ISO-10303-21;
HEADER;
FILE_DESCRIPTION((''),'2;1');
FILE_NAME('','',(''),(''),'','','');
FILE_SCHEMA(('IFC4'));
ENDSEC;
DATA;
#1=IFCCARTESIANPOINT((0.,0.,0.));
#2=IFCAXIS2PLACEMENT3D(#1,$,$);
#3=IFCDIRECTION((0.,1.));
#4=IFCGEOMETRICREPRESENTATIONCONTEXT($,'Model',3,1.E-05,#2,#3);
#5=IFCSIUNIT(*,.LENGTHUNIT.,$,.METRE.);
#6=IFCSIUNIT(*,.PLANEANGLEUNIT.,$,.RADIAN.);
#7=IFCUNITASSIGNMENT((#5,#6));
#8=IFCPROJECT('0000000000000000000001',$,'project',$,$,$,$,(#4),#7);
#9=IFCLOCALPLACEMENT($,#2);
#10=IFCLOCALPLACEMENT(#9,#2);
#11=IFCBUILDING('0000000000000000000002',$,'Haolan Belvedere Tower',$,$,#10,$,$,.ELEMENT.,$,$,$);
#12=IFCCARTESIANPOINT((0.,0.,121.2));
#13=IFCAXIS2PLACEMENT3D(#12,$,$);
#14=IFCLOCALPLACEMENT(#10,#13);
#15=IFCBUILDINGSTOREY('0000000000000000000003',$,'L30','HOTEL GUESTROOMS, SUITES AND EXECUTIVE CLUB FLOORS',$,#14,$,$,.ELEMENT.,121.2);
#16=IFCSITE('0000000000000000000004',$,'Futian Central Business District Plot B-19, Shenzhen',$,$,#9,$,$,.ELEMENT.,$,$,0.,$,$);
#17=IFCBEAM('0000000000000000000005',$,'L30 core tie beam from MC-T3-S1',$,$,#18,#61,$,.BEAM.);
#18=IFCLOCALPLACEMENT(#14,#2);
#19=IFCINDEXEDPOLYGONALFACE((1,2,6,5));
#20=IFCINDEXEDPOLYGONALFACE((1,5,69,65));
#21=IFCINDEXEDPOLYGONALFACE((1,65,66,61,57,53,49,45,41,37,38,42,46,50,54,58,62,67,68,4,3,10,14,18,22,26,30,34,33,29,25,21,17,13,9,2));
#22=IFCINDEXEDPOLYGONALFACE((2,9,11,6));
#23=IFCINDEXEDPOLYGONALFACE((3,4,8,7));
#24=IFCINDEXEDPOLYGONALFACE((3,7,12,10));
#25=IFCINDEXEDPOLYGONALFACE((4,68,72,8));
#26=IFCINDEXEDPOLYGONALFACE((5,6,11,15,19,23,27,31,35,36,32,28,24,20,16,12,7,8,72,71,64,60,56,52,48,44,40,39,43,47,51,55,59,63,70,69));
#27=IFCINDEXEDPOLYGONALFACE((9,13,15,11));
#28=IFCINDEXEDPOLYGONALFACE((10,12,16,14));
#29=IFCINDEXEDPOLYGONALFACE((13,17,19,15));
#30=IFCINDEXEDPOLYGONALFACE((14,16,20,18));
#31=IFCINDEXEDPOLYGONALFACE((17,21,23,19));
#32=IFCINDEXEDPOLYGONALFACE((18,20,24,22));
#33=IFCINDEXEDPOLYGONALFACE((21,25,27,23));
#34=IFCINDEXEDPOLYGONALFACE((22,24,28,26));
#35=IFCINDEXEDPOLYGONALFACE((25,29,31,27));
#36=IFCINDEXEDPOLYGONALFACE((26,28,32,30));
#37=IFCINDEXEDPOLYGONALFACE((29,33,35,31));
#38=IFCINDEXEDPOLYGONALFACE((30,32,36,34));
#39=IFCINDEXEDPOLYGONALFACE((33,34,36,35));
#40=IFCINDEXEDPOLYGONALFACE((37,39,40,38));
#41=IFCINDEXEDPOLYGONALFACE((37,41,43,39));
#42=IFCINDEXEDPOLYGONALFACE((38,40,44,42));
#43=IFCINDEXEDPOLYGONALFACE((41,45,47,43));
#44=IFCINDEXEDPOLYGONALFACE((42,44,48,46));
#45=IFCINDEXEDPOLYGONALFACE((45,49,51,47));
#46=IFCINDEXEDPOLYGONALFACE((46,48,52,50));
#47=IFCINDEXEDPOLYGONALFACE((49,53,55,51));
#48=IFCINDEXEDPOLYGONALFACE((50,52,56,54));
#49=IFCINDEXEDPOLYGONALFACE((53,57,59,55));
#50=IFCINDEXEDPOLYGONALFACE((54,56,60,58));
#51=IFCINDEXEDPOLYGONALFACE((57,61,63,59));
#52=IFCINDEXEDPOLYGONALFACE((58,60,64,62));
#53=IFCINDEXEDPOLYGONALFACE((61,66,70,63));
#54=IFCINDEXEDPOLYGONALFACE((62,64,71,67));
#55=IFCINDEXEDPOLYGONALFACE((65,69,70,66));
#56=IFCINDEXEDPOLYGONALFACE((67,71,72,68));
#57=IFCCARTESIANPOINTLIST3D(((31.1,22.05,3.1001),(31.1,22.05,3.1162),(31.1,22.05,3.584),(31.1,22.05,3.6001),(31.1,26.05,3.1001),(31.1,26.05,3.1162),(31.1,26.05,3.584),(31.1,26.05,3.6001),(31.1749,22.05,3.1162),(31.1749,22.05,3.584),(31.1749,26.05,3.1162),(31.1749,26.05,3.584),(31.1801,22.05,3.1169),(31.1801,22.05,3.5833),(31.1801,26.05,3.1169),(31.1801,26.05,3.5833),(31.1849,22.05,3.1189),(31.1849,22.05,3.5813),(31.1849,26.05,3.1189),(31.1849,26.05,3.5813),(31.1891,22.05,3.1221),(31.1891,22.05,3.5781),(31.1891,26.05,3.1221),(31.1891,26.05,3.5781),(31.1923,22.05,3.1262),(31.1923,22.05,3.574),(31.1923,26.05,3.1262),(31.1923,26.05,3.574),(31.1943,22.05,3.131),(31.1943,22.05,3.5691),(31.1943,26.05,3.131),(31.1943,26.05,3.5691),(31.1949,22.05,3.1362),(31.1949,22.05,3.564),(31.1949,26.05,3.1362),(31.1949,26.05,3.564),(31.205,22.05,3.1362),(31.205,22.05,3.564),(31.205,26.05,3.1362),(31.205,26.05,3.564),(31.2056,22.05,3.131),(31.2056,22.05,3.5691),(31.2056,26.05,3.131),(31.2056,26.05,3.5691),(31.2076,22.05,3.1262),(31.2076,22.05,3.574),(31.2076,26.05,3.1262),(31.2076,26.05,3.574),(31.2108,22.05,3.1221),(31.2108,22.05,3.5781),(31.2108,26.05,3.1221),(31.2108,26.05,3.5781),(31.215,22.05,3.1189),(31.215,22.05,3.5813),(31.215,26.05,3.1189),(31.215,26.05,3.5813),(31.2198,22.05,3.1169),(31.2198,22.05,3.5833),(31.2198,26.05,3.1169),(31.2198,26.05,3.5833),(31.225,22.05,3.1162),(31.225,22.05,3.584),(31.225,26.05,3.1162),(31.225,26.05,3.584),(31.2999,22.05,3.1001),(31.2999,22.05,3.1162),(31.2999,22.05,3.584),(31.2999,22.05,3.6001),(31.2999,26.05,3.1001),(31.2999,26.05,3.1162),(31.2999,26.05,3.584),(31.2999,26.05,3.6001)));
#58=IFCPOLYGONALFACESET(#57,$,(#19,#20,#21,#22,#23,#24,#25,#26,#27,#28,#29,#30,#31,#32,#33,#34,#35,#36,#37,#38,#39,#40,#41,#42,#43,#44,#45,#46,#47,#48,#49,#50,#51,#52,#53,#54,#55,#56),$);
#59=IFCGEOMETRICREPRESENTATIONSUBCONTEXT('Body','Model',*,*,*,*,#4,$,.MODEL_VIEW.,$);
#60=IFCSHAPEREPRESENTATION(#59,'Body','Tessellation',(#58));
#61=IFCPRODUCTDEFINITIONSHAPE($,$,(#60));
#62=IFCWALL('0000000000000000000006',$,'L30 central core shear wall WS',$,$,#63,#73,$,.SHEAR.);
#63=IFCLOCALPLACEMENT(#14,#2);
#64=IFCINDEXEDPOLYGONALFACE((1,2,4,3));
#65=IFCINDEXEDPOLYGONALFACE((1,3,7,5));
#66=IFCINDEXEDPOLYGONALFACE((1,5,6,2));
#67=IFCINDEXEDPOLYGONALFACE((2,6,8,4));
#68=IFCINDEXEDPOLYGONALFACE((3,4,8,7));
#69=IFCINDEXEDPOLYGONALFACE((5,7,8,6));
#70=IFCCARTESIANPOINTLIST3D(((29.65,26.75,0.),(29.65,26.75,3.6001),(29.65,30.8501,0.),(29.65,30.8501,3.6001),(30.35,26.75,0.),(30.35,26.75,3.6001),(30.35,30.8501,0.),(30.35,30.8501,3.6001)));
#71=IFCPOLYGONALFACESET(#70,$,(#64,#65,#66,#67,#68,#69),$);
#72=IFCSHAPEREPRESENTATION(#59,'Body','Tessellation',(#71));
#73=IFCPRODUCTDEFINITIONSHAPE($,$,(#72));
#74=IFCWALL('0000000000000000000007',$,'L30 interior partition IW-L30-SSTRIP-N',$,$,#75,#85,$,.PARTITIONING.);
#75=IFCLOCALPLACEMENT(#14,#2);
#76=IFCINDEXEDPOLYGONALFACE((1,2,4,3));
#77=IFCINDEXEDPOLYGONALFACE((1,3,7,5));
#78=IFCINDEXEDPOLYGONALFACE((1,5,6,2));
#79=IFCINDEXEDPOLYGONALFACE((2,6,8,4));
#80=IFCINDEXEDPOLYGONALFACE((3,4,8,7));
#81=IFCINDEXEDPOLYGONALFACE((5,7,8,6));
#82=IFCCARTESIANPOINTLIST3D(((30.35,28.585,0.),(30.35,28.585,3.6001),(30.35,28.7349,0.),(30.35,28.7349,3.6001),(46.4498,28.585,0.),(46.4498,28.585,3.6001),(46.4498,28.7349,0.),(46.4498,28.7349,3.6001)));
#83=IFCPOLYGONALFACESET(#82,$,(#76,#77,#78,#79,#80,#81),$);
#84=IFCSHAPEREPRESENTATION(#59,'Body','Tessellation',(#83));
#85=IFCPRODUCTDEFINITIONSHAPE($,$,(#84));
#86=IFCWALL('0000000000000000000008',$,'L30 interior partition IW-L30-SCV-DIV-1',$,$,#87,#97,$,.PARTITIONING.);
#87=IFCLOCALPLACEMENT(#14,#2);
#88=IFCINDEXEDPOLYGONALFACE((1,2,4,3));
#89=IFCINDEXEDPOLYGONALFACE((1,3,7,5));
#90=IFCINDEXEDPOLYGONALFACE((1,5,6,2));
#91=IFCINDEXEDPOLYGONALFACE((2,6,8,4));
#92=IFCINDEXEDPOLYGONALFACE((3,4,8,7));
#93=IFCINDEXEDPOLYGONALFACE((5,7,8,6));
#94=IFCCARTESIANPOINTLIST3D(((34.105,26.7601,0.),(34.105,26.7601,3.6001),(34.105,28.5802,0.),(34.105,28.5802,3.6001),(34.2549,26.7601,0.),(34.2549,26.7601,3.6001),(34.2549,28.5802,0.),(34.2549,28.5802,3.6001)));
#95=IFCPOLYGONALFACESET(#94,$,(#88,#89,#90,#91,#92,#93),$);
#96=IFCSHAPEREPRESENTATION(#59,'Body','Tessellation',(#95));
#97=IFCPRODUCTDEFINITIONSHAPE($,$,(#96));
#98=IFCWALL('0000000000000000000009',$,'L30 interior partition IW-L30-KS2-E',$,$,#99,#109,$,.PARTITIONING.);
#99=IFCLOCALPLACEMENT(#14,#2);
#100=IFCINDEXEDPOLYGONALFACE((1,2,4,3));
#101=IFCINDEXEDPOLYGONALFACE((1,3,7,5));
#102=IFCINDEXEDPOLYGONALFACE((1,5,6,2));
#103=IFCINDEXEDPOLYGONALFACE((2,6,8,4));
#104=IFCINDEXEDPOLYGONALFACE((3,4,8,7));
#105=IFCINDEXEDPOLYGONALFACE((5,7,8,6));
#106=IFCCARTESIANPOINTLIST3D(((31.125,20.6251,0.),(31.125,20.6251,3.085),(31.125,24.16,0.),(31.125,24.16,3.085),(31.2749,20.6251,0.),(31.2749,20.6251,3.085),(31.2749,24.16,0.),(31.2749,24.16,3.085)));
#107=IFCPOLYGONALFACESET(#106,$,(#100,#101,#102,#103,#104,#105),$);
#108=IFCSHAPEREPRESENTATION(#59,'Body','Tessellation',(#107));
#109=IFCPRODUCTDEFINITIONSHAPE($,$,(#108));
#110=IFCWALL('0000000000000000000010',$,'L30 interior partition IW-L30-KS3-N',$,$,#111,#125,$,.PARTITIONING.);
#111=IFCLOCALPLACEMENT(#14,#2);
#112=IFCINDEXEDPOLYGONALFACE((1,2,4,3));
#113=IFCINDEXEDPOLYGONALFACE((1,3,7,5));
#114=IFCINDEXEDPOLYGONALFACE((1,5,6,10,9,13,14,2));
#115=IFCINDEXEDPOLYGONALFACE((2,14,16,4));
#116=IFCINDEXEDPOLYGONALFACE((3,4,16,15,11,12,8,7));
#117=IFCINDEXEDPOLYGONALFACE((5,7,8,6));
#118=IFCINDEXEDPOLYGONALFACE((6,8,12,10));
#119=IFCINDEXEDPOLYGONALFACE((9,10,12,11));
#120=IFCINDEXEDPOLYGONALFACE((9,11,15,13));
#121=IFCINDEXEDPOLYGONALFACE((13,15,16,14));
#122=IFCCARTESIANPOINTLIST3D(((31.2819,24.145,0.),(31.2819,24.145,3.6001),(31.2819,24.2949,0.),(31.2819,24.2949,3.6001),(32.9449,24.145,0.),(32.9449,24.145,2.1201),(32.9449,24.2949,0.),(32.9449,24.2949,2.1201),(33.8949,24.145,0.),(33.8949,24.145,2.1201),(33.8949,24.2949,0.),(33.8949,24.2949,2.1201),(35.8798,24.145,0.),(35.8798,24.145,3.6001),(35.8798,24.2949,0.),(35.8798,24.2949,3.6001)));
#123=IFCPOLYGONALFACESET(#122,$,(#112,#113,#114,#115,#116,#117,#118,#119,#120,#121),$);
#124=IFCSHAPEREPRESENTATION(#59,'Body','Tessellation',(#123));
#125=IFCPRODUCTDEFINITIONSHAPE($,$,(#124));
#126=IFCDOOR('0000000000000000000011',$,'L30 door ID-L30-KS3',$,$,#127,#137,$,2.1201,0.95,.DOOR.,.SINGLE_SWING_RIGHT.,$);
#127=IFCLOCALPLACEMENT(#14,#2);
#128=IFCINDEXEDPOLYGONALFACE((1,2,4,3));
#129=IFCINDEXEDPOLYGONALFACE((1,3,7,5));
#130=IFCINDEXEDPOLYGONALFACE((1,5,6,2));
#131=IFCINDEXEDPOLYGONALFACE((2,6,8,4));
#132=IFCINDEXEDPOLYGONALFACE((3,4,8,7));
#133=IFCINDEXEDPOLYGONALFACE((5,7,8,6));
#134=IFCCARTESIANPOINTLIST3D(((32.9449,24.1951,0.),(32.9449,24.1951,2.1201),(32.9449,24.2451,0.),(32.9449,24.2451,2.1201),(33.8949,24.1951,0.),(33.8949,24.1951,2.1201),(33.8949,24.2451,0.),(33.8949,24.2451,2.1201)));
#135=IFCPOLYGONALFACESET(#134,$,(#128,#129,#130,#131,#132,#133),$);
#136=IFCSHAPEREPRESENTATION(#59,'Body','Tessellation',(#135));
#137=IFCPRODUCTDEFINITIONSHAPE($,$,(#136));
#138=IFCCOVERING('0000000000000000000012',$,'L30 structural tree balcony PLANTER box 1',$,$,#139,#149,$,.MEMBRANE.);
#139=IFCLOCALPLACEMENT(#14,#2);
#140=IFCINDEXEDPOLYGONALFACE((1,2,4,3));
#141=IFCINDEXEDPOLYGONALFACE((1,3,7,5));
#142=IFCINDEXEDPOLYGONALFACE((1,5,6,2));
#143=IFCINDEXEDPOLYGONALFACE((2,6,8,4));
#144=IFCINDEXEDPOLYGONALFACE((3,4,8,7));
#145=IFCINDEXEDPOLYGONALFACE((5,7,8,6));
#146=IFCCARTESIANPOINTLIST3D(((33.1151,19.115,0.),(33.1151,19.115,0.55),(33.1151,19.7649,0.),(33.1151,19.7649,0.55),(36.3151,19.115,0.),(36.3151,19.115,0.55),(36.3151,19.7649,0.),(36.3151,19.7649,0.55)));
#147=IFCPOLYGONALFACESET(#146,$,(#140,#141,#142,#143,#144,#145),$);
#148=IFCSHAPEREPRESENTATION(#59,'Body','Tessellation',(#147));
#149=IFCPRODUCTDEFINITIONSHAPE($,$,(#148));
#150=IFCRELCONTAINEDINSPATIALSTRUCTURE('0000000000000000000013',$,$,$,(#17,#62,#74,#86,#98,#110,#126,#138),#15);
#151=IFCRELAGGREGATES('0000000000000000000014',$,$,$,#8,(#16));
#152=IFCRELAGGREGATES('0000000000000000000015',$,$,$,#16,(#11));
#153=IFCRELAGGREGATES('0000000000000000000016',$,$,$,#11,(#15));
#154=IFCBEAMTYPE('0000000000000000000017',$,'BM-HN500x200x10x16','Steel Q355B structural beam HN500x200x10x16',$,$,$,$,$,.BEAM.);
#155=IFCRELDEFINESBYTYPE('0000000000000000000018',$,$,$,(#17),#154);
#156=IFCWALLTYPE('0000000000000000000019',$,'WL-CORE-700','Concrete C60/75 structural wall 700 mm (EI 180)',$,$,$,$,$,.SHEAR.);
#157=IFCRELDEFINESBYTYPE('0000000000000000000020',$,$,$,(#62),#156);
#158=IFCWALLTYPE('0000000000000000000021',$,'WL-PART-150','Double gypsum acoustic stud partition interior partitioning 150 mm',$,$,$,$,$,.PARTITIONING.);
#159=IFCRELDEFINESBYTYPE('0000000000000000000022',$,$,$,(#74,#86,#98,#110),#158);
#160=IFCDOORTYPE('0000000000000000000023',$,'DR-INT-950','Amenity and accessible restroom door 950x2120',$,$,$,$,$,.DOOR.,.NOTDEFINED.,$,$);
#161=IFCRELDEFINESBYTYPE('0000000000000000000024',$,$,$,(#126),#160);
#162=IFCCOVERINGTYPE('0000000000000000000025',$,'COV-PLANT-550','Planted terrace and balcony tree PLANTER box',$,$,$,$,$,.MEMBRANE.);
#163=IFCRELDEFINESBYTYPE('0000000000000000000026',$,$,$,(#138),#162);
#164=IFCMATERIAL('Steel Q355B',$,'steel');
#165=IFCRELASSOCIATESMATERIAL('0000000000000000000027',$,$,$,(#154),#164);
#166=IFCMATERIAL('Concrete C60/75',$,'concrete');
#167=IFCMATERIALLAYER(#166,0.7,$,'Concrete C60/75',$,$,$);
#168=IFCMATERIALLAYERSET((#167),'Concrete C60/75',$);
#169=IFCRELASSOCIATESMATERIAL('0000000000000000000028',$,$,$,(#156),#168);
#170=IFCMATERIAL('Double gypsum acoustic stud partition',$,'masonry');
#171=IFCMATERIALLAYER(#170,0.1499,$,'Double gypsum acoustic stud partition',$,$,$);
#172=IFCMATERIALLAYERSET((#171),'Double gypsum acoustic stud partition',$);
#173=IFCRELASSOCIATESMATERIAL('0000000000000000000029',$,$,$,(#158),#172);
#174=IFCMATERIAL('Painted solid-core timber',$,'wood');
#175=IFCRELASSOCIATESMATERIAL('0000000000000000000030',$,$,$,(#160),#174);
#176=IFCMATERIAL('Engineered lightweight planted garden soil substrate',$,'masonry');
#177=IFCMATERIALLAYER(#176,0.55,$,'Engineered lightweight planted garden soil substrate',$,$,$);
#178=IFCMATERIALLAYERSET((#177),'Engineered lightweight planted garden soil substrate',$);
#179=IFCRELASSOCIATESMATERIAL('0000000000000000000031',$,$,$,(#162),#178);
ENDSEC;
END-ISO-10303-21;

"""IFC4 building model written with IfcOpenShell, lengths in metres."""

from ifc_helpers import new_model, si_unit, direction, frame, frame_2d, origin, origin_2d, place, context, subcontext, project, spatial, rectangle, i_section, extrude, material, layer, layer_set, material_profile, profile_set, type_object, element, fill, save


model = new_model("IFC4")

# Units and contexts
model_context = context("Model", 3, precision=1e-05, world=origin(), true_north=direction((0.0, 1.0)))
body_context = subcontext(model_context, "Body", "Model", "MODEL_VIEW")
ifc_project = project(units=[si_unit("LENGTHUNIT", "METRE"), si_unit("PLANEANGLEUNIT", "RADIAN")], contexts=[model_context])

# Site, building, storey
site_placement = place(None, origin())
site = spatial("IfcSite", under=ifc_project, at=site_placement, Name="Futian Central Business District Plot B-19, Shenzhen", CompositionType="ELEMENT", RefElevation=0.0)
building_placement = place(site_placement, origin())
building = spatial("IfcBuilding", under=site, at=building_placement, Name="Haolan Belvedere Tower", CompositionType="ELEMENT")
storey_placement = place(building_placement, frame((0.0, 0.0, 121.2)))
storey = spatial("IfcBuildingStorey", under=building, at=storey_placement, Name="L30", Description="HOTEL GUESTROOMS, SUITES AND EXECUTIVE CLUB FLOORS", CompositionType="ELEMENT", Elevation=121.2)

# Beam
ifc_material_1 = material(Name="Steel Q355B", Category="steel")
ifc_material_profile_1 = material_profile(ifc_material_1, i_section(OverallWidth=0.2, OverallDepth=0.5, WebThickness=0.01, FlangeThickness=0.0161, FilletRadius=0.02, at=origin_2d()), Name="Steel Q355B")
ifc_profile_set_1 = profile_set([ifc_material_profile_1], Name="Steel Q355B")
beam_type_1 = type_object("IfcBeamType", Name="BM-HN500x200x10x16", Description="Steel Q355B structural beam HN500x200x10x16", PredefinedType="BEAM", material=ifc_profile_set_1)
beam_1_placement = place(storey_placement, frame((31.2, 22.05, 3.3501), z_axis=(0.0, 1.0, 0.0), x_axis=(-1.0, 0.0, 0.0)))
element("IfcBeam", 1, at=beam_1_placement, inside=storey, type_object=beam_type_1, Name="L30 core tie beam from MC-T3-S1", PredefinedType="BEAM", context=body_context, shape_type="SweptSolid", body=[
    extrude(i_section(OverallWidth=0.2, OverallDepth=0.5, WebThickness=0.01, FlangeThickness=0.0161, FilletRadius=0.02, at=origin_2d()), origin(), (0.0, 0.0, 1.0), 4.0),
])

# Walls
ifc_material_2 = material(Name="Concrete C60/75", Category="concrete")
ifc_layer_1 = layer(ifc_material_2, 0.7, Name="Concrete C60/75")
ifc_layer_set_1 = layer_set([ifc_layer_1], Name="Concrete C60/75")
wall_type_1 = type_object("IfcWallType", Name="WL-CORE-700", Description="Concrete C60/75 structural wall 700 mm (EI 180)", PredefinedType="SHEAR", material=ifc_layer_set_1)
wall_1_placement = place(storey_placement, frame((30.0, 26.75, 0.0), z_axis=(0.0, 0.0, 1.0), x_axis=(0.0, 1.0, 0.0)))
element("IfcWall", 2, at=wall_1_placement, inside=storey, type_object=wall_type_1, Name="L30 central core shear wall WS", PredefinedType="SHEAR", context=body_context, shape_type="SweptSolid", body=[
    extrude(rectangle(XDim=4.1001, YDim=0.7, at=frame_2d((2.05, 0.0))), origin(), (0.0, 0.0, 1.0), 3.6001),
])
ifc_material_3 = material(Name="Double gypsum acoustic stud partition", Category="masonry")
ifc_layer_2 = layer(ifc_material_3, 0.1499, Name="Double gypsum acoustic stud partition")
ifc_layer_set_2 = layer_set([ifc_layer_2], Name="Double gypsum acoustic stud partition")
wall_type_2 = type_object("IfcWallType", Name="WL-PART-150", Description="Double gypsum acoustic stud partition interior partitioning 150 mm", PredefinedType="PARTITIONING", material=ifc_layer_set_2)
wall_2_placement = place(storey_placement, frame((30.3501, 28.6599, 0.0), z_axis=(0.0, 0.0, 1.0), x_axis=(1.0, 0.0, 0.0)))
element("IfcWall", 3, at=wall_2_placement, inside=storey, type_object=wall_type_2, Name="L30 interior partition IW-L30-SSTRIP-N", PredefinedType="PARTITIONING", context=body_context, shape_type="SweptSolid", body=[
    extrude(rectangle(XDim=16.0999, YDim=0.1499, at=frame_2d((8.0498, 0.0))), origin(), (0.0, 0.0, 1.0), 3.6001),
])
wall_3_placement = place(storey_placement, frame((34.1799, 26.76, 0.0), z_axis=(0.0, 0.0, 1.0), x_axis=(0.0, 1.0, 0.0)))
element("IfcWall", 4, at=wall_3_placement, inside=storey, type_object=wall_type_2, Name="L30 interior partition IW-L30-SCV-DIV-1", PredefinedType="PARTITIONING", context=body_context, shape_type="SweptSolid", body=[
    extrude(rectangle(XDim=1.8201, YDim=0.1499, at=frame_2d((0.9102, 0.0))), origin(), (0.0, 0.0, 1.0), 3.6001),
])
wall_4_placement = place(storey_placement, frame((31.2, 20.625, 0.0), z_axis=(0.0, 0.0, 1.0), x_axis=(0.0, 1.0, 0.0)))
element("IfcWall", 5, at=wall_4_placement, inside=storey, type_object=wall_type_2, Name="L30 interior partition IW-L30-KS2-E", PredefinedType="PARTITIONING", context=body_context, shape_type="SweptSolid", body=[
    extrude(rectangle(XDim=3.5349, YDim=0.1499, at=frame_2d((1.7676, 0.0))), origin(), (0.0, 0.0, 1.0), 3.085),
])

# Wall, opening, door
wall_5_placement = place(storey_placement, frame((31.282, 24.22, 0.0), z_axis=(0.0, 0.0, 1.0), x_axis=(1.0, 0.0, 0.0)))
wall_5 = element("IfcWall", 6, at=wall_5_placement, inside=storey, type_object=wall_type_2, Name="L30 interior partition IW-L30-KS3-N", PredefinedType="PARTITIONING", context=body_context, shape_type="SweptSolid", body=[
    extrude(rectangle(XDim=4.5979, YDim=0.1499, at=frame_2d((2.2988, 0.0))), origin(), (0.0, 0.0, 1.0), 3.6001),
])
opening_placement = place(wall_5_placement, frame((2.613, 0.0, 0.0), z_axis=(0.0, 0.0, 1.0), x_axis=(-1.0, 0.0, 0.0)))
opening = element("IfcOpeningElement", 7, at=opening_placement, cuts=wall_5, PredefinedType="OPENING", context=body_context, shape_type="SweptSolid", body=[
    extrude(rectangle(XDim=0.95, YDim=2.1201, at=frame_2d((0.4751, 1.0601))), frame((0.0, 0.085, 0.0), z_axis=(0.0, -1.0, 0.0), x_axis=(1.0, 0.0, 0.0)), (0.0, 0.0, 1.0), 0.1699),
])
ifc_material_4 = material(Name="Painted solid-core timber", Category="wood")
door_type = type_object("IfcDoorType", Name="DR-INT-950", Description="Amenity and accessible restroom door 950x2120", OperationType="NOTDEFINED", PredefinedType="DOOR", material=ifc_material_4)
door_placement = place(opening_placement, origin())
door = element("IfcDoor", 8, at=door_placement, inside=storey, type_object=door_type, Name="L30 door ID-L30-KS3", OperationType="SINGLE_SWING_RIGHT", OverallHeight=2.1201, OverallWidth=0.95, PredefinedType="DOOR", context=body_context, shape_type="SweptSolid", body=[
    extrude(rectangle(XDim=0.95, YDim=2.1201, at=frame_2d((0.4751, 1.0601))), frame((0.0, 0.0249, 0.0), z_axis=(0.0, -1.0, 0.0), x_axis=(1.0, 0.0, 0.0)), (0.0, 0.0, 1.0), 0.05),
])
fill(opening, door)

# Covering
ifc_material_5 = material(Name="Engineered lightweight planted garden soil substrate", Category="masonry")
ifc_layer_3 = layer(ifc_material_5, 0.55, Name="Engineered lightweight planted garden soil substrate")
ifc_layer_set_3 = layer_set([ifc_layer_3], Name="Engineered lightweight planted garden soil substrate")
covering_type = type_object("IfcCoveringType", Name="COV-PLANT-550", Description="Planted terrace and balcony tree PLANTER box", PredefinedType="MEMBRANE", material=ifc_layer_set_3)
covering_placement = place(storey_placement, frame((34.7151, 19.4399, 0.0), z_axis=(0.0, 0.0, 1.0), x_axis=(1.0, 0.0, 0.0)))
element("IfcCovering", 9, at=covering_placement, inside=storey, type_object=covering_type, Name="L30 structural tree balcony PLANTER box 1", PredefinedType="MEMBRANE", context=body_context, shape_type="SweptSolid", body=[
    extrude(rectangle(XDim=3.2, YDim=0.6499, at=origin_2d()), origin(), (0.0, 0.0, 1.0), 0.55),
])

save(model, "model.ifc")
